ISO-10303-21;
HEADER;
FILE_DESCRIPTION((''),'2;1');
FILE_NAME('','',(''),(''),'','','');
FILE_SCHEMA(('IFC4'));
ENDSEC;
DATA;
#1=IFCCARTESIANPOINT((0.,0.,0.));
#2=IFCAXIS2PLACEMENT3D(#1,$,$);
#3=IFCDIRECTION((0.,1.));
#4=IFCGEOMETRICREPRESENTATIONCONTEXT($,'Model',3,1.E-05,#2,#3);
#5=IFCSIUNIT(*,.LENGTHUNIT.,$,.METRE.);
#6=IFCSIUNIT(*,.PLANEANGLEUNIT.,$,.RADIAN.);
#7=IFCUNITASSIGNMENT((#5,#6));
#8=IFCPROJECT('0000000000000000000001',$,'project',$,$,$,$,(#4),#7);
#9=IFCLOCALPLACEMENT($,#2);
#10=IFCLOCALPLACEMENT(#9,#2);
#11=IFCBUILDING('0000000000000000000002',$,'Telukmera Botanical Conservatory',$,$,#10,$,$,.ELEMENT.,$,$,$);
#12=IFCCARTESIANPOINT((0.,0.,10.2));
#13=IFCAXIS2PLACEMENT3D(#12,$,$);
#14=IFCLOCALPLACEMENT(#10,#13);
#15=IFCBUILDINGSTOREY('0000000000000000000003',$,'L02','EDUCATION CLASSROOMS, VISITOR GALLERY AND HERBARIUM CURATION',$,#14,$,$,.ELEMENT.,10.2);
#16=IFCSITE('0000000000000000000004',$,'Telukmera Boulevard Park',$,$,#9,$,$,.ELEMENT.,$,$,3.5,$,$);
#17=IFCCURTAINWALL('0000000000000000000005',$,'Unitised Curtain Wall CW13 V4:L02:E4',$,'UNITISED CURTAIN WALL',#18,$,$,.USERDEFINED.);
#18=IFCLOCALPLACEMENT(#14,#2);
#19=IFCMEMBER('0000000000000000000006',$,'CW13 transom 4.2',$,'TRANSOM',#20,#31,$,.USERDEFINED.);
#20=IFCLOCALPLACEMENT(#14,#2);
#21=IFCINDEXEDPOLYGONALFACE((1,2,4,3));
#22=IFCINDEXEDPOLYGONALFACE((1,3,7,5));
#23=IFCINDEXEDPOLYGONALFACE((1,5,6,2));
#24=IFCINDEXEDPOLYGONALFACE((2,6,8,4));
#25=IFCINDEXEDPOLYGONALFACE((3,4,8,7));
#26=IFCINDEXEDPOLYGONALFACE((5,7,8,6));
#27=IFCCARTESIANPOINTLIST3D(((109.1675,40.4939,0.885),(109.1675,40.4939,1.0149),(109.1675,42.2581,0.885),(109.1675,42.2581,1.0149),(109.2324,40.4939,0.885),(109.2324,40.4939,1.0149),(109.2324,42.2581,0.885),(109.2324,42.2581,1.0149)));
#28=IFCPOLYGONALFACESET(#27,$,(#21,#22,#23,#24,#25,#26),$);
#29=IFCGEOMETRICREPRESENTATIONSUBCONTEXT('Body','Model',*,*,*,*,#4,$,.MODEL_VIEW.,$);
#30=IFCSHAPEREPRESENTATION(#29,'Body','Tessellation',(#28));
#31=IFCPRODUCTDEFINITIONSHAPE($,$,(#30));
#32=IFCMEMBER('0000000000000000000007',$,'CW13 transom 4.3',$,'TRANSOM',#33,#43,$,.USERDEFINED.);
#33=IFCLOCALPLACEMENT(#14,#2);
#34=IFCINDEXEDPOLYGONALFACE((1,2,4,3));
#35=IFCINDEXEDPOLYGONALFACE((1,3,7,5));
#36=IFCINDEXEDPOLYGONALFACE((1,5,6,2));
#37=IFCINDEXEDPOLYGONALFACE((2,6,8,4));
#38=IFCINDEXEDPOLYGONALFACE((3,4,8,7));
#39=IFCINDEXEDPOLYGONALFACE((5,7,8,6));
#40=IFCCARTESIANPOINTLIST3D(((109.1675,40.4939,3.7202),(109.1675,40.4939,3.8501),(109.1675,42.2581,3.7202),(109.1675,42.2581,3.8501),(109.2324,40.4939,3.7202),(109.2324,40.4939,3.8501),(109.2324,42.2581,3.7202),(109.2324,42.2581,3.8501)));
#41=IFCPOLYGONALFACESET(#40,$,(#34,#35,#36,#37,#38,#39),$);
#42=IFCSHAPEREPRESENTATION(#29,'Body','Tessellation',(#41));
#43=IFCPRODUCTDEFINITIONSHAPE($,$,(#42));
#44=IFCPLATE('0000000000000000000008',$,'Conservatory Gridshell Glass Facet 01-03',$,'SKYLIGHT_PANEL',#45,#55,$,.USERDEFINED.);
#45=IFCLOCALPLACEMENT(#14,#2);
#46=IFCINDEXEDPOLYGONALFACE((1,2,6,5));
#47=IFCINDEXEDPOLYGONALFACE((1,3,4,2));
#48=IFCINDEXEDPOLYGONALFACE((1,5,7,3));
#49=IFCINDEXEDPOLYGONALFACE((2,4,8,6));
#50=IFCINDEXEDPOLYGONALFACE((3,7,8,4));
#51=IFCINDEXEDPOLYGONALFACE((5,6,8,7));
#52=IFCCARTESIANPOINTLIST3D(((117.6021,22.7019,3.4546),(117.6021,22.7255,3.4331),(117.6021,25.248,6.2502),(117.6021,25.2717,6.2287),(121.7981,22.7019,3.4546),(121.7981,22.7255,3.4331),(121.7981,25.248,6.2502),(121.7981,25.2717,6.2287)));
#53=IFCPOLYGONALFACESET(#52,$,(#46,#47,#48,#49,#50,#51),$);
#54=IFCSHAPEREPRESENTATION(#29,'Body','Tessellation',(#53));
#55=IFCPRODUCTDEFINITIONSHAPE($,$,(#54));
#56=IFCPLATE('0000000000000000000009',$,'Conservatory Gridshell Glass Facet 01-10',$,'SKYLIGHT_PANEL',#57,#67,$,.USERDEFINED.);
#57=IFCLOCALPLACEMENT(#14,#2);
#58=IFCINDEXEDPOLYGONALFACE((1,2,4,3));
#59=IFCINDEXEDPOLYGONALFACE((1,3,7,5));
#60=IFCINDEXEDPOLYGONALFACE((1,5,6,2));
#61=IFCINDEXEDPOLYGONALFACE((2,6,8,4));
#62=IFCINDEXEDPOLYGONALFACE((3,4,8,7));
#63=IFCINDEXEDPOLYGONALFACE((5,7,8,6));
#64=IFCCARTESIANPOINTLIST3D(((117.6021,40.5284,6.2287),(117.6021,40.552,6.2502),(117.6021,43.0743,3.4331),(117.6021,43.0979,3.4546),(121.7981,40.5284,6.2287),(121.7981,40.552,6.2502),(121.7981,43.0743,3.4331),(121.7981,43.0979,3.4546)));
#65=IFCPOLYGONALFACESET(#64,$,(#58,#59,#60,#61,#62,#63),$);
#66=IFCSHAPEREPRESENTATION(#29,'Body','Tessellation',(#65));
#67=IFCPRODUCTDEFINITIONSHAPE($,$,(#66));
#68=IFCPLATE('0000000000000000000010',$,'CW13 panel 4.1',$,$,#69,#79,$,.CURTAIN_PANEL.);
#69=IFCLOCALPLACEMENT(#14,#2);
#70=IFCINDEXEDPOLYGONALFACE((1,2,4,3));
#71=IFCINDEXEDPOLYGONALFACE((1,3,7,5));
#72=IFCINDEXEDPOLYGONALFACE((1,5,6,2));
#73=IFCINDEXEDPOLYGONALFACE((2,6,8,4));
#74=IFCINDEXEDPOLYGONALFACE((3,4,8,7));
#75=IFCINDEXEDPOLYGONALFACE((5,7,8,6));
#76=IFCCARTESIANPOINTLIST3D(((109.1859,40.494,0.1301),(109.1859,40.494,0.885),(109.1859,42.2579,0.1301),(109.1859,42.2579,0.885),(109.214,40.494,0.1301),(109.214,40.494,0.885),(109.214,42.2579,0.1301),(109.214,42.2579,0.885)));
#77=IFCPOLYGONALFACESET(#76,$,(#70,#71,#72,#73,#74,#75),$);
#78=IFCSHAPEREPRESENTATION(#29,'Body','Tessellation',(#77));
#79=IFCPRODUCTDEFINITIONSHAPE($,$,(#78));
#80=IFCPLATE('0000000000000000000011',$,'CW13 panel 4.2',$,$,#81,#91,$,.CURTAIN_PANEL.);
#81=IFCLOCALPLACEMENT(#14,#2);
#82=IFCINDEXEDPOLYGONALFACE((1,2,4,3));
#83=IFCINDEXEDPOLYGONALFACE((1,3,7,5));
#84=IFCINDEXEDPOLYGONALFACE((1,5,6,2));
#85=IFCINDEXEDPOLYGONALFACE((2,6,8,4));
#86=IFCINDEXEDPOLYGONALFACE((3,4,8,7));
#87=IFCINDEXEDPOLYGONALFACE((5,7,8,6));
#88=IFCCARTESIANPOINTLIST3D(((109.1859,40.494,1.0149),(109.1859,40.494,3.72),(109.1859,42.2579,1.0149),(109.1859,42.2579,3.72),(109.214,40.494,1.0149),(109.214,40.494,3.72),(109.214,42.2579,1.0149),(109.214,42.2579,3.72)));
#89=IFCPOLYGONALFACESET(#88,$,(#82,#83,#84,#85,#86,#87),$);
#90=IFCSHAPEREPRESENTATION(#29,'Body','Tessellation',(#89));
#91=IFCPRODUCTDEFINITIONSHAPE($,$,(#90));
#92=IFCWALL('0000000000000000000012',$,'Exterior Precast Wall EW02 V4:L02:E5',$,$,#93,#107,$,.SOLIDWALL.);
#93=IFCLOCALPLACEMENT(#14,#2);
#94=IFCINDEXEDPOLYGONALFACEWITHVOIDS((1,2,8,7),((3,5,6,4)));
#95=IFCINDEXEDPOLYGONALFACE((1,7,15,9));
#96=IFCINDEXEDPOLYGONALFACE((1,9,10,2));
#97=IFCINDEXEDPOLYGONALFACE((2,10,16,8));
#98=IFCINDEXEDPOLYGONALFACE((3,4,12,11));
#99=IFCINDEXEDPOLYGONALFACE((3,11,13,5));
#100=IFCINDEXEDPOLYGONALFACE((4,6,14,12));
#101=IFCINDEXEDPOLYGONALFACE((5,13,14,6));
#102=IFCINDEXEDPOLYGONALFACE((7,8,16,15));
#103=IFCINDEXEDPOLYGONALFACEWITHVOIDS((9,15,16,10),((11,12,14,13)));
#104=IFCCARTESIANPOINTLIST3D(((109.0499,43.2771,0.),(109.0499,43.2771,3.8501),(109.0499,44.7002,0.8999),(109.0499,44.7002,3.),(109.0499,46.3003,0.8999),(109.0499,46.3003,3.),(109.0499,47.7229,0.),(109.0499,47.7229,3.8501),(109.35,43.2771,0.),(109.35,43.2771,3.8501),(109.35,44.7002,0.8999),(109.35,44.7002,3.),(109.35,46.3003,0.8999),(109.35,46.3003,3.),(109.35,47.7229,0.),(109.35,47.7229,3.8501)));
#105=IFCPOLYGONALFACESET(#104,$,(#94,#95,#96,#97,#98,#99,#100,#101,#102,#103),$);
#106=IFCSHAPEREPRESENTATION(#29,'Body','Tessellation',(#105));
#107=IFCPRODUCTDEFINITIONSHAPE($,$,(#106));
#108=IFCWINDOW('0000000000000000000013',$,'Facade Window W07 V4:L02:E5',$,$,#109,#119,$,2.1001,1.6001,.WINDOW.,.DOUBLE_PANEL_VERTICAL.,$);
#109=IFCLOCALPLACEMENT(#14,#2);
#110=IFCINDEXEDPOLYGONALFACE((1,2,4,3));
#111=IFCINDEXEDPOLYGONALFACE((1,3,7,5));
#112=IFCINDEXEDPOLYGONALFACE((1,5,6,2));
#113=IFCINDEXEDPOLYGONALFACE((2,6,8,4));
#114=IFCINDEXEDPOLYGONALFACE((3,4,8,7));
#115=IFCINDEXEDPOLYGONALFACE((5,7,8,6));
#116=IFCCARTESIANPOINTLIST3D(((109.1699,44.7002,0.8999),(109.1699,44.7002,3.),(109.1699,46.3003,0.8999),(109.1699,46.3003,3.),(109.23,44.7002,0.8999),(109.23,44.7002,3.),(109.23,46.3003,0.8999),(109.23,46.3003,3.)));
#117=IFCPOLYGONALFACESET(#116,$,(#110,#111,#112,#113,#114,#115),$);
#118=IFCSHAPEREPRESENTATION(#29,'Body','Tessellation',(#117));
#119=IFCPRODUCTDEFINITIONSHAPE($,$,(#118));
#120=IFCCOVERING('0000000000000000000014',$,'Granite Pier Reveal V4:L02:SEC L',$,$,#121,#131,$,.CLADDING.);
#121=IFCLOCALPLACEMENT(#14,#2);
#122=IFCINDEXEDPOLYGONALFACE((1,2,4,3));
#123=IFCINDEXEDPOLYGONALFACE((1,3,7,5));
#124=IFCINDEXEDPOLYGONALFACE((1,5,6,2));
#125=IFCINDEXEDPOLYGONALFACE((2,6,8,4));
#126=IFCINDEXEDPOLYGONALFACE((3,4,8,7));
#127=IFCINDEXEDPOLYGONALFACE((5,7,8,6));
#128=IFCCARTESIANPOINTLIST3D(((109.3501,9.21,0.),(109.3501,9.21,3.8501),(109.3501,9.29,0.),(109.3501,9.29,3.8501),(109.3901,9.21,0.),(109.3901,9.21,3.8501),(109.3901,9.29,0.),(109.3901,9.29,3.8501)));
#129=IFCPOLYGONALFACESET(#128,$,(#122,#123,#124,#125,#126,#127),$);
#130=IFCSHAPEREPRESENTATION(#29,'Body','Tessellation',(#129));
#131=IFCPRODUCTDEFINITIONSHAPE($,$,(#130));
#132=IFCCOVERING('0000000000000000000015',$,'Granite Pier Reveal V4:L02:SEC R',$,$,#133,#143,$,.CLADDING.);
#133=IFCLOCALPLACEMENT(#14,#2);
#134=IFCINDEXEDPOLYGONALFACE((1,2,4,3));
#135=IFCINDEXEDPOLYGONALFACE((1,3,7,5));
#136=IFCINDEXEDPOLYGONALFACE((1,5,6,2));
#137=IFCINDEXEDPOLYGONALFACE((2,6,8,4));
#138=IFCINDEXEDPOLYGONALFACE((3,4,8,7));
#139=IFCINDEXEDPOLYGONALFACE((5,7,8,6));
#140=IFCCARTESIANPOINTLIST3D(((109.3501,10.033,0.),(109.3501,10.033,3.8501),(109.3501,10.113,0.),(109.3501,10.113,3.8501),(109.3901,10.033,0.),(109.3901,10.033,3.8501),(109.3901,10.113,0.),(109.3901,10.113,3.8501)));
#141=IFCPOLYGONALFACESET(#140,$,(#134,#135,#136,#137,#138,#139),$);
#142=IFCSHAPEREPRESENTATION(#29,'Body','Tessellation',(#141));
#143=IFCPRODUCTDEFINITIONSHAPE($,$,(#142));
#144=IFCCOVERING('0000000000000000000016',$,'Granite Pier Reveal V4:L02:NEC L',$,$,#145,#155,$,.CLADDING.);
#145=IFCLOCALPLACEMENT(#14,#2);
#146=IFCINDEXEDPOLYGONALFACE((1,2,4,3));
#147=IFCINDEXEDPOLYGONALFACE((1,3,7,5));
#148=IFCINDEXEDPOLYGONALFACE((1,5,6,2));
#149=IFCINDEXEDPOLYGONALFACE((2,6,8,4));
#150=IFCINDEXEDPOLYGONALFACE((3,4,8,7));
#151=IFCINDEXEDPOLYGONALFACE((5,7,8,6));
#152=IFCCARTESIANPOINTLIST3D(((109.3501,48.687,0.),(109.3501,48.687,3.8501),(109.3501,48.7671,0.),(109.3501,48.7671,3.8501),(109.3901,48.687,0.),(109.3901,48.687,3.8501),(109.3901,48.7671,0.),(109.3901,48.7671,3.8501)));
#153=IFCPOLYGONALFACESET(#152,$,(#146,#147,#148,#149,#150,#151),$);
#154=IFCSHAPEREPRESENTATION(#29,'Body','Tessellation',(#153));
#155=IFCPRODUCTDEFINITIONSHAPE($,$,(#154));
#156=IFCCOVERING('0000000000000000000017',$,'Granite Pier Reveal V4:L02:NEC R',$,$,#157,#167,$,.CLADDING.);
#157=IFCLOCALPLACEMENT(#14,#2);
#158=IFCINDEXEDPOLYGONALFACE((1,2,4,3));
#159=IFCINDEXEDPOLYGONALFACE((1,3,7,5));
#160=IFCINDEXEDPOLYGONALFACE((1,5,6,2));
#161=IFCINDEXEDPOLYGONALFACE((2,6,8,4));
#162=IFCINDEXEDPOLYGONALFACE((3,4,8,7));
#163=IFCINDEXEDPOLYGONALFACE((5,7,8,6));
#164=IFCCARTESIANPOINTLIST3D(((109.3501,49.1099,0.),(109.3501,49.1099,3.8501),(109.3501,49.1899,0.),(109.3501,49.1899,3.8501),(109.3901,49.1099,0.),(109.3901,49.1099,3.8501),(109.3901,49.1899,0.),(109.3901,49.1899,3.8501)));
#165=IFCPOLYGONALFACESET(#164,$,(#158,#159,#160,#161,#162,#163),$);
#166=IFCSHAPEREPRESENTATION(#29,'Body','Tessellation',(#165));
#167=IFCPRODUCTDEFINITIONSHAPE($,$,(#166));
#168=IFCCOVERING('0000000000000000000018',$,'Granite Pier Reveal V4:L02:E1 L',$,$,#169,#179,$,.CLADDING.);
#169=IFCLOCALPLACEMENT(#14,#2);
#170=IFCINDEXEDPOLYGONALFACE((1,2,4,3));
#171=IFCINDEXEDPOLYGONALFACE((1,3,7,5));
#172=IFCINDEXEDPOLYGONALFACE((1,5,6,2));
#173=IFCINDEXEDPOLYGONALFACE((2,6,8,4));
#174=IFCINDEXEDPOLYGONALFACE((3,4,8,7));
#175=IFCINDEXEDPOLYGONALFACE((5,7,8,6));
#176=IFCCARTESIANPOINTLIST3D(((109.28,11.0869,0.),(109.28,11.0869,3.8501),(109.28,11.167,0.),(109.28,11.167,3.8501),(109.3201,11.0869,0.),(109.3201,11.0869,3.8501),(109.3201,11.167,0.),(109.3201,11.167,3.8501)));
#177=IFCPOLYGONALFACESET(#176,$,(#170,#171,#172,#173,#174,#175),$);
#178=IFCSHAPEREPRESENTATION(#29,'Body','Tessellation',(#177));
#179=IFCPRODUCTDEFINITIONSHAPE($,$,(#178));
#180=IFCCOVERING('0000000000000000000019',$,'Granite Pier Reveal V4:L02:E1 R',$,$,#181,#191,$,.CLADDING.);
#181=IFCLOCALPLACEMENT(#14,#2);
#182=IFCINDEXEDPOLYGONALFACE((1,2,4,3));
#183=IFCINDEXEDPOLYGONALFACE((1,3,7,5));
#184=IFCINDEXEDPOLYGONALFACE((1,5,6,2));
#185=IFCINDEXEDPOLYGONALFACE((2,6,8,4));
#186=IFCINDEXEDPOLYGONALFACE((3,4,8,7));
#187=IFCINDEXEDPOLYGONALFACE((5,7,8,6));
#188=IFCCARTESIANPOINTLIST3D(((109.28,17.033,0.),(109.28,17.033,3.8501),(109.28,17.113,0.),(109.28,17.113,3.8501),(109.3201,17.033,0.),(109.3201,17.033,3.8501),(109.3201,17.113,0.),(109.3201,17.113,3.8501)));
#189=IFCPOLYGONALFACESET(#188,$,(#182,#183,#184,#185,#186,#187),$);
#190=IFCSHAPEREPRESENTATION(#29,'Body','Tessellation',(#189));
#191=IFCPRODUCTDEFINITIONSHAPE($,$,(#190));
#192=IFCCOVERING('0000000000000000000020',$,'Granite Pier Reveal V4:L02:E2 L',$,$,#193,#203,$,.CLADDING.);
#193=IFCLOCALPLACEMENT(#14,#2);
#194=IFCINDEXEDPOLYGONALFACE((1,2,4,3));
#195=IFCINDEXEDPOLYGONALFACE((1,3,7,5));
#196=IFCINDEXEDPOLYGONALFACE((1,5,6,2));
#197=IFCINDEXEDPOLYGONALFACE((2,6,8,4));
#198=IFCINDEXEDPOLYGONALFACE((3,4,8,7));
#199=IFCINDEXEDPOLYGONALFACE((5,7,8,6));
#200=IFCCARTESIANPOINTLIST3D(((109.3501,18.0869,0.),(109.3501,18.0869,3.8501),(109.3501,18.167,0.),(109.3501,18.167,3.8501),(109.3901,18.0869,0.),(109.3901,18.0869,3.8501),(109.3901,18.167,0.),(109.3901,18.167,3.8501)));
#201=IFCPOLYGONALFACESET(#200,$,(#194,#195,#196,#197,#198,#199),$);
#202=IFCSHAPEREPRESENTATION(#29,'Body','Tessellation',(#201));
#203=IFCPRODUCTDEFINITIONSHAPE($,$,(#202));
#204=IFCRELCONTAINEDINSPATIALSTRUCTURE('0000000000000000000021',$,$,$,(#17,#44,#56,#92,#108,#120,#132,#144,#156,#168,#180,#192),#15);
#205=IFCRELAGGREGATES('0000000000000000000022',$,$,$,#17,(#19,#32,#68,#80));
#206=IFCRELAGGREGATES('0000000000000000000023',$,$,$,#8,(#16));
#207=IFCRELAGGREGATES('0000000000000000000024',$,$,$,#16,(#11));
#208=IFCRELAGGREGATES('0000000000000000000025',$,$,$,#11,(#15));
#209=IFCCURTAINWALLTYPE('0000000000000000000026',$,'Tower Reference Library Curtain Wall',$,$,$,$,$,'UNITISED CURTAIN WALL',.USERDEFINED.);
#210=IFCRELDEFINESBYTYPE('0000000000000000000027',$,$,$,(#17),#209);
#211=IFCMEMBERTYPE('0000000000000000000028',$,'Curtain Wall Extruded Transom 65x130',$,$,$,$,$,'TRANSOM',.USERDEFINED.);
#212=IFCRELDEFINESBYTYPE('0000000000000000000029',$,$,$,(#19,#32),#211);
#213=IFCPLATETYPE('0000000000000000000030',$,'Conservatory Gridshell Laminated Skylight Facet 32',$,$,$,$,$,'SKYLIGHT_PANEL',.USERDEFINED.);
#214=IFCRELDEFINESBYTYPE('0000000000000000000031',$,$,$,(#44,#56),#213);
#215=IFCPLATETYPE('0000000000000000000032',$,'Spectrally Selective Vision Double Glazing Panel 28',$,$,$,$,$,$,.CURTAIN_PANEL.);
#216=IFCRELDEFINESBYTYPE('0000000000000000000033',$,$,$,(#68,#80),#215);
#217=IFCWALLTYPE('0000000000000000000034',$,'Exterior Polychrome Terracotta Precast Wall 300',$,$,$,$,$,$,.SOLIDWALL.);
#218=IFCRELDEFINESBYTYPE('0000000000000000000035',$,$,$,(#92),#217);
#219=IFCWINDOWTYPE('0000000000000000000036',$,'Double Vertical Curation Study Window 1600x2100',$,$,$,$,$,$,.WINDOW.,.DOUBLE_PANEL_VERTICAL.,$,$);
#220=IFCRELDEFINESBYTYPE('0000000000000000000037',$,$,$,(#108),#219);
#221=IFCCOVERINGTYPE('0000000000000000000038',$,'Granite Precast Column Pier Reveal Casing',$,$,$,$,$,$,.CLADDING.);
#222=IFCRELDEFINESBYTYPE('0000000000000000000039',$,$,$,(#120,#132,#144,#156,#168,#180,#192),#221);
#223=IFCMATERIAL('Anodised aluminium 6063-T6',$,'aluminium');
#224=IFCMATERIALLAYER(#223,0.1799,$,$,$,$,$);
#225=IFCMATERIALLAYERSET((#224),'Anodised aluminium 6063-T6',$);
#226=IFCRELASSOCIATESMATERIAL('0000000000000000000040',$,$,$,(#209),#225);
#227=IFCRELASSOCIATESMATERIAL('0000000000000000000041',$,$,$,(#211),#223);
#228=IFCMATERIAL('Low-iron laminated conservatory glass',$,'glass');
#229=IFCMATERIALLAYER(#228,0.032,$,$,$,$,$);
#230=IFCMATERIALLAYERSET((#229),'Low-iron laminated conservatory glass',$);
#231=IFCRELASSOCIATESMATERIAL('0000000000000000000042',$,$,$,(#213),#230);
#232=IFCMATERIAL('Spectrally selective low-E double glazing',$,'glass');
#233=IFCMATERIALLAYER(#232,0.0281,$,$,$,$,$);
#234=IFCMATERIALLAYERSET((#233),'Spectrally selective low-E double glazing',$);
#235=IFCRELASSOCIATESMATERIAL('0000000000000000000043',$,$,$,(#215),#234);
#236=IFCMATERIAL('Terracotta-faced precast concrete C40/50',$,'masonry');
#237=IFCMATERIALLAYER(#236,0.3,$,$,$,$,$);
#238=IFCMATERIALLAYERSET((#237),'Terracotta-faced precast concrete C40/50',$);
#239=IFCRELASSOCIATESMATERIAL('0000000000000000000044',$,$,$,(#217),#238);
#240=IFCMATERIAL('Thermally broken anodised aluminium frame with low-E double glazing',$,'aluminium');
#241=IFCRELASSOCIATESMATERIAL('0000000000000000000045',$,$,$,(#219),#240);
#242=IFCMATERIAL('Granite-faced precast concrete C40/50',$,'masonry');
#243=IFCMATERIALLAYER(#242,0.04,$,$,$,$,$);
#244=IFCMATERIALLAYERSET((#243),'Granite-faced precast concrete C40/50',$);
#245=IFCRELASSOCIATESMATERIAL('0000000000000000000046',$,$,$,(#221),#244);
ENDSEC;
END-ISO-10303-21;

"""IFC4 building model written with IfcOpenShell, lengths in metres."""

from ifc_helpers import new_model, si_unit, direction, frame, frame_2d, origin, origin_2d, place, context, subcontext, project, spatial, polyline, rectangle, outline, extrude, material, layer, layer_set, material_profile, profile_set, type_object, element, fill, aggregate, save


model = new_model("IFC4")

# Units and contexts
model_context = context("Model", 3, precision=1e-05, world=origin(), true_north=direction((0.0, 1.0)))
body_context = subcontext(model_context, "Body", "Model", "MODEL_VIEW")
ifc_project = project(units=[si_unit("LENGTHUNIT", "METRE"), si_unit("PLANEANGLEUNIT", "RADIAN")], contexts=[model_context])

# Site, building, storey
site_placement = place(None, origin())
site = spatial("IfcSite", under=ifc_project, at=site_placement, Name="Telukmera Boulevard Park", CompositionType="ELEMENT", RefElevation=3.5)
building_placement = place(site_placement, origin())
building = spatial("IfcBuilding", under=site, at=building_placement, Name="Telukmera Botanical Conservatory", CompositionType="ELEMENT")
storey_placement = place(building_placement, frame((0.0, 0.0, 10.2)))
storey = spatial("IfcBuildingStorey", under=building, at=storey_placement, Name="L02", Description="EDUCATION CLASSROOMS, VISITOR GALLERY AND HERBARIUM CURATION", CompositionType="ELEMENT", Elevation=10.2)

# Curtain wall, members
ifc_material_1 = material(Name="Anodised aluminium 6063-T6", Category="aluminium")
ifc_layer_1 = layer(ifc_material_1, 0.1799)
ifc_layer_set_1 = layer_set([ifc_layer_1], Name="Anodised aluminium 6063-T6")
curtain_wall_type = type_object("IfcCurtainWallType", Name="Tower Reference Library Curtain Wall", ElementType="UNITISED CURTAIN WALL", PredefinedType="USERDEFINED", material=ifc_layer_set_1)
curtain_wall_placement = place(storey_placement, origin())
curtain_wall = element("IfcCurtainWall", 1, at=curtain_wall_placement, inside=storey, type_object=curtain_wall_type, Name="Unitised Curtain Wall CW13 V4:L02:E4", ObjectType="UNITISED CURTAIN WALL", PredefinedType="USERDEFINED")
ifc_material_profile = material_profile(ifc_material_1, rectangle(XDim=0.0649, YDim=0.1299, at=origin_2d()), Name="ALU TRAN 65x130")
ifc_profile_set = profile_set([ifc_material_profile], Name="Anodised aluminium 6063-T6")
member_type = type_object("IfcMemberType", Name="Curtain Wall Extruded Transom 65x130", ElementType="TRANSOM", PredefinedType="USERDEFINED", material=ifc_profile_set)
member_1_placement = place(storey_placement, frame((109.2, 40.4939, 0.95), z_axis=(0.0, 1.0, 0.0), x_axis=(-1.0, 0.0, 0.0)))
member_1 = element("IfcMember", 2, at=member_1_placement, type_object=member_type, Name="CW13 transom 4.2", ObjectType="TRANSOM", PredefinedType="USERDEFINED", context=body_context, shape_type="SweptSolid", body=[
    extrude(rectangle(XDim=0.0649, YDim=0.1299, at=origin_2d()), origin(), (0.0, 0.0, 1.0), 1.7642),
])
member_2_placement = place(storey_placement, frame((109.2, 40.4939, 3.7852), z_axis=(0.0, 1.0, 0.0), x_axis=(-1.0, 0.0, 0.0)))
member_2 = element("IfcMember", 3, at=member_2_placement, type_object=member_type, Name="CW13 transom 4.3", ObjectType="TRANSOM", PredefinedType="USERDEFINED", context=body_context, shape_type="SweptSolid", body=[
    extrude(rectangle(XDim=0.0649, YDim=0.1299, at=origin_2d()), origin(), (0.0, 0.0, 1.0), 1.7642),
])

# Plates
ifc_material_2 = material(Name="Low-iron laminated conservatory glass", Category="glass")
ifc_layer_2 = layer(ifc_material_2, 0.032)
ifc_layer_set_2 = layer_set([ifc_layer_2], Name="Low-iron laminated conservatory glass")
plate_type_1 = type_object("IfcPlateType", Name="Conservatory Gridshell Laminated Skylight Facet 32", ElementType="SKYLIGHT_PANEL", PredefinedType="USERDEFINED", material=ifc_layer_set_2)
plate_1_placement = place(storey_placement, frame((117.6021, 22.7019, 3.4546), z_axis=(0.0, -0.739329, 0.673344), x_axis=(1.0, 0.0, 0.0)))
element("IfcPlate", 4, at=plate_1_placement, inside=storey, type_object=plate_type_1, Name="Conservatory Gridshell Glass Facet 01-03", ObjectType="SKYLIGHT_PANEL", PredefinedType="USERDEFINED", context=body_context, shape_type="SweptSolid", body=[
    extrude(outline(polyline([(0.0, 0.0), (4.196, 0.0), (4.196, 3.7813), (0.0, 3.7813), (0.0, 0.0)])), origin(), (0.0, 0.0, -1.0), 0.032),
])
plate_2_placement = place(storey_placement, frame((117.6021, 40.552, 6.2502), z_axis=(0.0, 0.739361, 0.673309), x_axis=(1.0, 0.0, 0.0)))
element("IfcPlate", 5, at=plate_2_placement, inside=storey, type_object=plate_type_1, Name="Conservatory Gridshell Glass Facet 01-10", ObjectType="SKYLIGHT_PANEL", PredefinedType="USERDEFINED", context=body_context, shape_type="SweptSolid", body=[
    extrude(outline(polyline([(0.0, 0.0), (4.196, 0.0), (4.196, 3.7812), (0.0, 3.7812), (0.0, 0.0)])), origin(), (0.0, 0.0, -1.0), 0.032),
])

# Plates
ifc_material_3 = material(Name="Spectrally selective low-E double glazing", Category="glass")
ifc_layer_3 = layer(ifc_material_3, 0.0281)
ifc_layer_set_3 = layer_set([ifc_layer_3], Name="Spectrally selective low-E double glazing")
plate_type_2 = type_object("IfcPlateType", Name="Spectrally Selective Vision Double Glazing Panel 28", PredefinedType="CURTAIN_PANEL", material=ifc_layer_set_3)
plate_3_placement = place(storey_placement, frame((109.2, 41.376, 0.1301), z_axis=(0.0, 0.0, 1.0), x_axis=(0.0, 1.0, 0.0)))
plate_3 = element("IfcPlate", 6, at=plate_3_placement, type_object=plate_type_2, Name="CW13 panel 4.1", PredefinedType="CURTAIN_PANEL", context=body_context, shape_type="SweptSolid", body=[
    extrude(rectangle(XDim=1.7639, YDim=0.0281, at=origin_2d()), origin(), (0.0, 0.0, 1.0), 0.7549),
])
plate_4_placement = place(storey_placement, frame((109.2, 41.376, 1.0149), z_axis=(0.0, 0.0, 1.0), x_axis=(0.0, 1.0, 0.0)))
plate_4 = element("IfcPlate", 7, at=plate_4_placement, type_object=plate_type_2, Name="CW13 panel 4.2", PredefinedType="CURTAIN_PANEL", context=body_context, shape_type="SweptSolid", body=[
    extrude(rectangle(XDim=1.7639, YDim=0.0281, at=origin_2d()), origin(), (0.0, 0.0, 1.0), 2.7051),
])
aggregate(curtain_wall, [member_1, member_2, plate_3, plate_4])

# Wall, opening, window
ifc_material_4 = material(Name="Terracotta-faced precast concrete C40/50", Category="masonry")
ifc_layer_4 = layer(ifc_material_4, 0.3)
ifc_layer_set_4 = layer_set([ifc_layer_4], Name="Terracotta-faced precast concrete C40/50")
wall_type = type_object("IfcWallType", Name="Exterior Polychrome Terracotta Precast Wall 300", PredefinedType="SOLIDWALL", material=ifc_layer_set_4)
wall_placement = place(storey_placement, frame((109.2, 43.2771, 0.0), z_axis=(0.0, 0.0, 1.0), x_axis=(0.0, 1.0, 0.0)))
wall = element("IfcWall", 8, at=wall_placement, inside=storey, type_object=wall_type, Name="Exterior Precast Wall EW02 V4:L02:E5", PredefinedType="SOLIDWALL", context=body_context, shape_type="SweptSolid", body=[
    extrude(rectangle(XDim=4.4458, YDim=0.3, at=frame_2d((2.2229, 0.0))), origin(), (0.0, 0.0, 1.0), 3.8501),
])
opening_placement = place(wall_placement, frame((1.4231, 0.0, 0.8999)))
opening = element("IfcOpeningElement", 9, at=opening_placement, cuts=wall, PredefinedType="OPENING", context=body_context, shape_type="SweptSolid", body=[
    extrude(rectangle(XDim=1.6001, YDim=2.1001, at=frame_2d((0.8, 1.05))), frame((0.0, 0.1599, 0.0), z_axis=(0.0, -1.0, 0.0), x_axis=(1.0, 0.0, 0.0)), (0.0, 0.0, 1.0), 0.3201),
])
ifc_material_5 = material(Name="Thermally broken anodised aluminium frame with low-E double glazing", Category="aluminium")
window_type = type_object("IfcWindowType", Name="Double Vertical Curation Study Window 1600x2100", PartitioningType="DOUBLE_PANEL_VERTICAL", PredefinedType="WINDOW", material=ifc_material_5)
window_placement = place(opening_placement, origin())
window = element("IfcWindow", 10, at=window_placement, inside=storey, type_object=window_type, Name="Facade Window W07 V4:L02:E5", OverallHeight=2.1001, OverallWidth=1.6001, PartitioningType="DOUBLE_PANEL_VERTICAL", PredefinedType="WINDOW", context=body_context, shape_type="SweptSolid", body=[
    extrude(rectangle(XDim=1.6001, YDim=2.1001, at=frame_2d((0.8, 1.05))), frame((0.0, 0.03, 0.0), z_axis=(0.0, -1.0, 0.0), x_axis=(1.0, 0.0, 0.0)), (0.0, 0.0, 1.0), 0.0601),
])
fill(opening, window)

# Coverings
ifc_material_6 = material(Name="Granite-faced precast concrete C40/50", Category="masonry")
ifc_layer_5 = layer(ifc_material_6, 0.04)
ifc_layer_set_5 = layer_set([ifc_layer_5], Name="Granite-faced precast concrete C40/50")
covering_type_1 = type_object("IfcCoveringType", Name="Granite Precast Column Pier Reveal Casing", PredefinedType="CLADDING", material=ifc_layer_set_5)
for number, where, z_axis, x_axis, name in (
    (11, (109.3701, 9.25, 0.0), (0.0, 0.0, 1.0), (0.0, 1.0, 0.0), "Granite Pier Reveal V4:L02:SEC L"),
    (12, (109.3701, 10.073, 0.0), (0.0, 0.0, 1.0), (0.0, 1.0, 0.0), "Granite Pier Reveal V4:L02:SEC R"),
    (13, (109.3701, 48.7271, 0.0), (0.0, 0.0, 1.0), (0.0, 1.0, 0.0), "Granite Pier Reveal V4:L02:NEC L"),
    (14, (109.3701, 49.1499, 0.0), (0.0, 0.0, 1.0), (0.0, 1.0, 0.0), "Granite Pier Reveal V4:L02:NEC R"),
    (15, (109.3, 11.127, 0.0), (0.0, 0.0, 1.0), (0.0, 1.0, 0.0), "Granite Pier Reveal V4:L02:E1 L"),
    (16, (109.3, 17.073, 0.0), (0.0, 0.0, 1.0), (0.0, 1.0, 0.0), "Granite Pier Reveal V4:L02:E1 R"),
    (17, (109.3701, 18.127, 0.0), (0.0, 0.0, 1.0), (0.0, 1.0, 0.0), "Granite Pier Reveal V4:L02:E2 L"),
):
    element("IfcCovering", number, at=place(storey_placement, frame(where, z_axis=z_axis, x_axis=x_axis)), inside=storey, type_object=covering_type_1, Name=name, PredefinedType="CLADDING", context=body_context, shape_type="SweptSolid", body=[
        extrude(rectangle(XDim=0.0801, YDim=0.04, at=origin_2d()), origin(), (0.0, 0.0, 1.0), 3.8501),
    ])

save(model, "model.ifc")
